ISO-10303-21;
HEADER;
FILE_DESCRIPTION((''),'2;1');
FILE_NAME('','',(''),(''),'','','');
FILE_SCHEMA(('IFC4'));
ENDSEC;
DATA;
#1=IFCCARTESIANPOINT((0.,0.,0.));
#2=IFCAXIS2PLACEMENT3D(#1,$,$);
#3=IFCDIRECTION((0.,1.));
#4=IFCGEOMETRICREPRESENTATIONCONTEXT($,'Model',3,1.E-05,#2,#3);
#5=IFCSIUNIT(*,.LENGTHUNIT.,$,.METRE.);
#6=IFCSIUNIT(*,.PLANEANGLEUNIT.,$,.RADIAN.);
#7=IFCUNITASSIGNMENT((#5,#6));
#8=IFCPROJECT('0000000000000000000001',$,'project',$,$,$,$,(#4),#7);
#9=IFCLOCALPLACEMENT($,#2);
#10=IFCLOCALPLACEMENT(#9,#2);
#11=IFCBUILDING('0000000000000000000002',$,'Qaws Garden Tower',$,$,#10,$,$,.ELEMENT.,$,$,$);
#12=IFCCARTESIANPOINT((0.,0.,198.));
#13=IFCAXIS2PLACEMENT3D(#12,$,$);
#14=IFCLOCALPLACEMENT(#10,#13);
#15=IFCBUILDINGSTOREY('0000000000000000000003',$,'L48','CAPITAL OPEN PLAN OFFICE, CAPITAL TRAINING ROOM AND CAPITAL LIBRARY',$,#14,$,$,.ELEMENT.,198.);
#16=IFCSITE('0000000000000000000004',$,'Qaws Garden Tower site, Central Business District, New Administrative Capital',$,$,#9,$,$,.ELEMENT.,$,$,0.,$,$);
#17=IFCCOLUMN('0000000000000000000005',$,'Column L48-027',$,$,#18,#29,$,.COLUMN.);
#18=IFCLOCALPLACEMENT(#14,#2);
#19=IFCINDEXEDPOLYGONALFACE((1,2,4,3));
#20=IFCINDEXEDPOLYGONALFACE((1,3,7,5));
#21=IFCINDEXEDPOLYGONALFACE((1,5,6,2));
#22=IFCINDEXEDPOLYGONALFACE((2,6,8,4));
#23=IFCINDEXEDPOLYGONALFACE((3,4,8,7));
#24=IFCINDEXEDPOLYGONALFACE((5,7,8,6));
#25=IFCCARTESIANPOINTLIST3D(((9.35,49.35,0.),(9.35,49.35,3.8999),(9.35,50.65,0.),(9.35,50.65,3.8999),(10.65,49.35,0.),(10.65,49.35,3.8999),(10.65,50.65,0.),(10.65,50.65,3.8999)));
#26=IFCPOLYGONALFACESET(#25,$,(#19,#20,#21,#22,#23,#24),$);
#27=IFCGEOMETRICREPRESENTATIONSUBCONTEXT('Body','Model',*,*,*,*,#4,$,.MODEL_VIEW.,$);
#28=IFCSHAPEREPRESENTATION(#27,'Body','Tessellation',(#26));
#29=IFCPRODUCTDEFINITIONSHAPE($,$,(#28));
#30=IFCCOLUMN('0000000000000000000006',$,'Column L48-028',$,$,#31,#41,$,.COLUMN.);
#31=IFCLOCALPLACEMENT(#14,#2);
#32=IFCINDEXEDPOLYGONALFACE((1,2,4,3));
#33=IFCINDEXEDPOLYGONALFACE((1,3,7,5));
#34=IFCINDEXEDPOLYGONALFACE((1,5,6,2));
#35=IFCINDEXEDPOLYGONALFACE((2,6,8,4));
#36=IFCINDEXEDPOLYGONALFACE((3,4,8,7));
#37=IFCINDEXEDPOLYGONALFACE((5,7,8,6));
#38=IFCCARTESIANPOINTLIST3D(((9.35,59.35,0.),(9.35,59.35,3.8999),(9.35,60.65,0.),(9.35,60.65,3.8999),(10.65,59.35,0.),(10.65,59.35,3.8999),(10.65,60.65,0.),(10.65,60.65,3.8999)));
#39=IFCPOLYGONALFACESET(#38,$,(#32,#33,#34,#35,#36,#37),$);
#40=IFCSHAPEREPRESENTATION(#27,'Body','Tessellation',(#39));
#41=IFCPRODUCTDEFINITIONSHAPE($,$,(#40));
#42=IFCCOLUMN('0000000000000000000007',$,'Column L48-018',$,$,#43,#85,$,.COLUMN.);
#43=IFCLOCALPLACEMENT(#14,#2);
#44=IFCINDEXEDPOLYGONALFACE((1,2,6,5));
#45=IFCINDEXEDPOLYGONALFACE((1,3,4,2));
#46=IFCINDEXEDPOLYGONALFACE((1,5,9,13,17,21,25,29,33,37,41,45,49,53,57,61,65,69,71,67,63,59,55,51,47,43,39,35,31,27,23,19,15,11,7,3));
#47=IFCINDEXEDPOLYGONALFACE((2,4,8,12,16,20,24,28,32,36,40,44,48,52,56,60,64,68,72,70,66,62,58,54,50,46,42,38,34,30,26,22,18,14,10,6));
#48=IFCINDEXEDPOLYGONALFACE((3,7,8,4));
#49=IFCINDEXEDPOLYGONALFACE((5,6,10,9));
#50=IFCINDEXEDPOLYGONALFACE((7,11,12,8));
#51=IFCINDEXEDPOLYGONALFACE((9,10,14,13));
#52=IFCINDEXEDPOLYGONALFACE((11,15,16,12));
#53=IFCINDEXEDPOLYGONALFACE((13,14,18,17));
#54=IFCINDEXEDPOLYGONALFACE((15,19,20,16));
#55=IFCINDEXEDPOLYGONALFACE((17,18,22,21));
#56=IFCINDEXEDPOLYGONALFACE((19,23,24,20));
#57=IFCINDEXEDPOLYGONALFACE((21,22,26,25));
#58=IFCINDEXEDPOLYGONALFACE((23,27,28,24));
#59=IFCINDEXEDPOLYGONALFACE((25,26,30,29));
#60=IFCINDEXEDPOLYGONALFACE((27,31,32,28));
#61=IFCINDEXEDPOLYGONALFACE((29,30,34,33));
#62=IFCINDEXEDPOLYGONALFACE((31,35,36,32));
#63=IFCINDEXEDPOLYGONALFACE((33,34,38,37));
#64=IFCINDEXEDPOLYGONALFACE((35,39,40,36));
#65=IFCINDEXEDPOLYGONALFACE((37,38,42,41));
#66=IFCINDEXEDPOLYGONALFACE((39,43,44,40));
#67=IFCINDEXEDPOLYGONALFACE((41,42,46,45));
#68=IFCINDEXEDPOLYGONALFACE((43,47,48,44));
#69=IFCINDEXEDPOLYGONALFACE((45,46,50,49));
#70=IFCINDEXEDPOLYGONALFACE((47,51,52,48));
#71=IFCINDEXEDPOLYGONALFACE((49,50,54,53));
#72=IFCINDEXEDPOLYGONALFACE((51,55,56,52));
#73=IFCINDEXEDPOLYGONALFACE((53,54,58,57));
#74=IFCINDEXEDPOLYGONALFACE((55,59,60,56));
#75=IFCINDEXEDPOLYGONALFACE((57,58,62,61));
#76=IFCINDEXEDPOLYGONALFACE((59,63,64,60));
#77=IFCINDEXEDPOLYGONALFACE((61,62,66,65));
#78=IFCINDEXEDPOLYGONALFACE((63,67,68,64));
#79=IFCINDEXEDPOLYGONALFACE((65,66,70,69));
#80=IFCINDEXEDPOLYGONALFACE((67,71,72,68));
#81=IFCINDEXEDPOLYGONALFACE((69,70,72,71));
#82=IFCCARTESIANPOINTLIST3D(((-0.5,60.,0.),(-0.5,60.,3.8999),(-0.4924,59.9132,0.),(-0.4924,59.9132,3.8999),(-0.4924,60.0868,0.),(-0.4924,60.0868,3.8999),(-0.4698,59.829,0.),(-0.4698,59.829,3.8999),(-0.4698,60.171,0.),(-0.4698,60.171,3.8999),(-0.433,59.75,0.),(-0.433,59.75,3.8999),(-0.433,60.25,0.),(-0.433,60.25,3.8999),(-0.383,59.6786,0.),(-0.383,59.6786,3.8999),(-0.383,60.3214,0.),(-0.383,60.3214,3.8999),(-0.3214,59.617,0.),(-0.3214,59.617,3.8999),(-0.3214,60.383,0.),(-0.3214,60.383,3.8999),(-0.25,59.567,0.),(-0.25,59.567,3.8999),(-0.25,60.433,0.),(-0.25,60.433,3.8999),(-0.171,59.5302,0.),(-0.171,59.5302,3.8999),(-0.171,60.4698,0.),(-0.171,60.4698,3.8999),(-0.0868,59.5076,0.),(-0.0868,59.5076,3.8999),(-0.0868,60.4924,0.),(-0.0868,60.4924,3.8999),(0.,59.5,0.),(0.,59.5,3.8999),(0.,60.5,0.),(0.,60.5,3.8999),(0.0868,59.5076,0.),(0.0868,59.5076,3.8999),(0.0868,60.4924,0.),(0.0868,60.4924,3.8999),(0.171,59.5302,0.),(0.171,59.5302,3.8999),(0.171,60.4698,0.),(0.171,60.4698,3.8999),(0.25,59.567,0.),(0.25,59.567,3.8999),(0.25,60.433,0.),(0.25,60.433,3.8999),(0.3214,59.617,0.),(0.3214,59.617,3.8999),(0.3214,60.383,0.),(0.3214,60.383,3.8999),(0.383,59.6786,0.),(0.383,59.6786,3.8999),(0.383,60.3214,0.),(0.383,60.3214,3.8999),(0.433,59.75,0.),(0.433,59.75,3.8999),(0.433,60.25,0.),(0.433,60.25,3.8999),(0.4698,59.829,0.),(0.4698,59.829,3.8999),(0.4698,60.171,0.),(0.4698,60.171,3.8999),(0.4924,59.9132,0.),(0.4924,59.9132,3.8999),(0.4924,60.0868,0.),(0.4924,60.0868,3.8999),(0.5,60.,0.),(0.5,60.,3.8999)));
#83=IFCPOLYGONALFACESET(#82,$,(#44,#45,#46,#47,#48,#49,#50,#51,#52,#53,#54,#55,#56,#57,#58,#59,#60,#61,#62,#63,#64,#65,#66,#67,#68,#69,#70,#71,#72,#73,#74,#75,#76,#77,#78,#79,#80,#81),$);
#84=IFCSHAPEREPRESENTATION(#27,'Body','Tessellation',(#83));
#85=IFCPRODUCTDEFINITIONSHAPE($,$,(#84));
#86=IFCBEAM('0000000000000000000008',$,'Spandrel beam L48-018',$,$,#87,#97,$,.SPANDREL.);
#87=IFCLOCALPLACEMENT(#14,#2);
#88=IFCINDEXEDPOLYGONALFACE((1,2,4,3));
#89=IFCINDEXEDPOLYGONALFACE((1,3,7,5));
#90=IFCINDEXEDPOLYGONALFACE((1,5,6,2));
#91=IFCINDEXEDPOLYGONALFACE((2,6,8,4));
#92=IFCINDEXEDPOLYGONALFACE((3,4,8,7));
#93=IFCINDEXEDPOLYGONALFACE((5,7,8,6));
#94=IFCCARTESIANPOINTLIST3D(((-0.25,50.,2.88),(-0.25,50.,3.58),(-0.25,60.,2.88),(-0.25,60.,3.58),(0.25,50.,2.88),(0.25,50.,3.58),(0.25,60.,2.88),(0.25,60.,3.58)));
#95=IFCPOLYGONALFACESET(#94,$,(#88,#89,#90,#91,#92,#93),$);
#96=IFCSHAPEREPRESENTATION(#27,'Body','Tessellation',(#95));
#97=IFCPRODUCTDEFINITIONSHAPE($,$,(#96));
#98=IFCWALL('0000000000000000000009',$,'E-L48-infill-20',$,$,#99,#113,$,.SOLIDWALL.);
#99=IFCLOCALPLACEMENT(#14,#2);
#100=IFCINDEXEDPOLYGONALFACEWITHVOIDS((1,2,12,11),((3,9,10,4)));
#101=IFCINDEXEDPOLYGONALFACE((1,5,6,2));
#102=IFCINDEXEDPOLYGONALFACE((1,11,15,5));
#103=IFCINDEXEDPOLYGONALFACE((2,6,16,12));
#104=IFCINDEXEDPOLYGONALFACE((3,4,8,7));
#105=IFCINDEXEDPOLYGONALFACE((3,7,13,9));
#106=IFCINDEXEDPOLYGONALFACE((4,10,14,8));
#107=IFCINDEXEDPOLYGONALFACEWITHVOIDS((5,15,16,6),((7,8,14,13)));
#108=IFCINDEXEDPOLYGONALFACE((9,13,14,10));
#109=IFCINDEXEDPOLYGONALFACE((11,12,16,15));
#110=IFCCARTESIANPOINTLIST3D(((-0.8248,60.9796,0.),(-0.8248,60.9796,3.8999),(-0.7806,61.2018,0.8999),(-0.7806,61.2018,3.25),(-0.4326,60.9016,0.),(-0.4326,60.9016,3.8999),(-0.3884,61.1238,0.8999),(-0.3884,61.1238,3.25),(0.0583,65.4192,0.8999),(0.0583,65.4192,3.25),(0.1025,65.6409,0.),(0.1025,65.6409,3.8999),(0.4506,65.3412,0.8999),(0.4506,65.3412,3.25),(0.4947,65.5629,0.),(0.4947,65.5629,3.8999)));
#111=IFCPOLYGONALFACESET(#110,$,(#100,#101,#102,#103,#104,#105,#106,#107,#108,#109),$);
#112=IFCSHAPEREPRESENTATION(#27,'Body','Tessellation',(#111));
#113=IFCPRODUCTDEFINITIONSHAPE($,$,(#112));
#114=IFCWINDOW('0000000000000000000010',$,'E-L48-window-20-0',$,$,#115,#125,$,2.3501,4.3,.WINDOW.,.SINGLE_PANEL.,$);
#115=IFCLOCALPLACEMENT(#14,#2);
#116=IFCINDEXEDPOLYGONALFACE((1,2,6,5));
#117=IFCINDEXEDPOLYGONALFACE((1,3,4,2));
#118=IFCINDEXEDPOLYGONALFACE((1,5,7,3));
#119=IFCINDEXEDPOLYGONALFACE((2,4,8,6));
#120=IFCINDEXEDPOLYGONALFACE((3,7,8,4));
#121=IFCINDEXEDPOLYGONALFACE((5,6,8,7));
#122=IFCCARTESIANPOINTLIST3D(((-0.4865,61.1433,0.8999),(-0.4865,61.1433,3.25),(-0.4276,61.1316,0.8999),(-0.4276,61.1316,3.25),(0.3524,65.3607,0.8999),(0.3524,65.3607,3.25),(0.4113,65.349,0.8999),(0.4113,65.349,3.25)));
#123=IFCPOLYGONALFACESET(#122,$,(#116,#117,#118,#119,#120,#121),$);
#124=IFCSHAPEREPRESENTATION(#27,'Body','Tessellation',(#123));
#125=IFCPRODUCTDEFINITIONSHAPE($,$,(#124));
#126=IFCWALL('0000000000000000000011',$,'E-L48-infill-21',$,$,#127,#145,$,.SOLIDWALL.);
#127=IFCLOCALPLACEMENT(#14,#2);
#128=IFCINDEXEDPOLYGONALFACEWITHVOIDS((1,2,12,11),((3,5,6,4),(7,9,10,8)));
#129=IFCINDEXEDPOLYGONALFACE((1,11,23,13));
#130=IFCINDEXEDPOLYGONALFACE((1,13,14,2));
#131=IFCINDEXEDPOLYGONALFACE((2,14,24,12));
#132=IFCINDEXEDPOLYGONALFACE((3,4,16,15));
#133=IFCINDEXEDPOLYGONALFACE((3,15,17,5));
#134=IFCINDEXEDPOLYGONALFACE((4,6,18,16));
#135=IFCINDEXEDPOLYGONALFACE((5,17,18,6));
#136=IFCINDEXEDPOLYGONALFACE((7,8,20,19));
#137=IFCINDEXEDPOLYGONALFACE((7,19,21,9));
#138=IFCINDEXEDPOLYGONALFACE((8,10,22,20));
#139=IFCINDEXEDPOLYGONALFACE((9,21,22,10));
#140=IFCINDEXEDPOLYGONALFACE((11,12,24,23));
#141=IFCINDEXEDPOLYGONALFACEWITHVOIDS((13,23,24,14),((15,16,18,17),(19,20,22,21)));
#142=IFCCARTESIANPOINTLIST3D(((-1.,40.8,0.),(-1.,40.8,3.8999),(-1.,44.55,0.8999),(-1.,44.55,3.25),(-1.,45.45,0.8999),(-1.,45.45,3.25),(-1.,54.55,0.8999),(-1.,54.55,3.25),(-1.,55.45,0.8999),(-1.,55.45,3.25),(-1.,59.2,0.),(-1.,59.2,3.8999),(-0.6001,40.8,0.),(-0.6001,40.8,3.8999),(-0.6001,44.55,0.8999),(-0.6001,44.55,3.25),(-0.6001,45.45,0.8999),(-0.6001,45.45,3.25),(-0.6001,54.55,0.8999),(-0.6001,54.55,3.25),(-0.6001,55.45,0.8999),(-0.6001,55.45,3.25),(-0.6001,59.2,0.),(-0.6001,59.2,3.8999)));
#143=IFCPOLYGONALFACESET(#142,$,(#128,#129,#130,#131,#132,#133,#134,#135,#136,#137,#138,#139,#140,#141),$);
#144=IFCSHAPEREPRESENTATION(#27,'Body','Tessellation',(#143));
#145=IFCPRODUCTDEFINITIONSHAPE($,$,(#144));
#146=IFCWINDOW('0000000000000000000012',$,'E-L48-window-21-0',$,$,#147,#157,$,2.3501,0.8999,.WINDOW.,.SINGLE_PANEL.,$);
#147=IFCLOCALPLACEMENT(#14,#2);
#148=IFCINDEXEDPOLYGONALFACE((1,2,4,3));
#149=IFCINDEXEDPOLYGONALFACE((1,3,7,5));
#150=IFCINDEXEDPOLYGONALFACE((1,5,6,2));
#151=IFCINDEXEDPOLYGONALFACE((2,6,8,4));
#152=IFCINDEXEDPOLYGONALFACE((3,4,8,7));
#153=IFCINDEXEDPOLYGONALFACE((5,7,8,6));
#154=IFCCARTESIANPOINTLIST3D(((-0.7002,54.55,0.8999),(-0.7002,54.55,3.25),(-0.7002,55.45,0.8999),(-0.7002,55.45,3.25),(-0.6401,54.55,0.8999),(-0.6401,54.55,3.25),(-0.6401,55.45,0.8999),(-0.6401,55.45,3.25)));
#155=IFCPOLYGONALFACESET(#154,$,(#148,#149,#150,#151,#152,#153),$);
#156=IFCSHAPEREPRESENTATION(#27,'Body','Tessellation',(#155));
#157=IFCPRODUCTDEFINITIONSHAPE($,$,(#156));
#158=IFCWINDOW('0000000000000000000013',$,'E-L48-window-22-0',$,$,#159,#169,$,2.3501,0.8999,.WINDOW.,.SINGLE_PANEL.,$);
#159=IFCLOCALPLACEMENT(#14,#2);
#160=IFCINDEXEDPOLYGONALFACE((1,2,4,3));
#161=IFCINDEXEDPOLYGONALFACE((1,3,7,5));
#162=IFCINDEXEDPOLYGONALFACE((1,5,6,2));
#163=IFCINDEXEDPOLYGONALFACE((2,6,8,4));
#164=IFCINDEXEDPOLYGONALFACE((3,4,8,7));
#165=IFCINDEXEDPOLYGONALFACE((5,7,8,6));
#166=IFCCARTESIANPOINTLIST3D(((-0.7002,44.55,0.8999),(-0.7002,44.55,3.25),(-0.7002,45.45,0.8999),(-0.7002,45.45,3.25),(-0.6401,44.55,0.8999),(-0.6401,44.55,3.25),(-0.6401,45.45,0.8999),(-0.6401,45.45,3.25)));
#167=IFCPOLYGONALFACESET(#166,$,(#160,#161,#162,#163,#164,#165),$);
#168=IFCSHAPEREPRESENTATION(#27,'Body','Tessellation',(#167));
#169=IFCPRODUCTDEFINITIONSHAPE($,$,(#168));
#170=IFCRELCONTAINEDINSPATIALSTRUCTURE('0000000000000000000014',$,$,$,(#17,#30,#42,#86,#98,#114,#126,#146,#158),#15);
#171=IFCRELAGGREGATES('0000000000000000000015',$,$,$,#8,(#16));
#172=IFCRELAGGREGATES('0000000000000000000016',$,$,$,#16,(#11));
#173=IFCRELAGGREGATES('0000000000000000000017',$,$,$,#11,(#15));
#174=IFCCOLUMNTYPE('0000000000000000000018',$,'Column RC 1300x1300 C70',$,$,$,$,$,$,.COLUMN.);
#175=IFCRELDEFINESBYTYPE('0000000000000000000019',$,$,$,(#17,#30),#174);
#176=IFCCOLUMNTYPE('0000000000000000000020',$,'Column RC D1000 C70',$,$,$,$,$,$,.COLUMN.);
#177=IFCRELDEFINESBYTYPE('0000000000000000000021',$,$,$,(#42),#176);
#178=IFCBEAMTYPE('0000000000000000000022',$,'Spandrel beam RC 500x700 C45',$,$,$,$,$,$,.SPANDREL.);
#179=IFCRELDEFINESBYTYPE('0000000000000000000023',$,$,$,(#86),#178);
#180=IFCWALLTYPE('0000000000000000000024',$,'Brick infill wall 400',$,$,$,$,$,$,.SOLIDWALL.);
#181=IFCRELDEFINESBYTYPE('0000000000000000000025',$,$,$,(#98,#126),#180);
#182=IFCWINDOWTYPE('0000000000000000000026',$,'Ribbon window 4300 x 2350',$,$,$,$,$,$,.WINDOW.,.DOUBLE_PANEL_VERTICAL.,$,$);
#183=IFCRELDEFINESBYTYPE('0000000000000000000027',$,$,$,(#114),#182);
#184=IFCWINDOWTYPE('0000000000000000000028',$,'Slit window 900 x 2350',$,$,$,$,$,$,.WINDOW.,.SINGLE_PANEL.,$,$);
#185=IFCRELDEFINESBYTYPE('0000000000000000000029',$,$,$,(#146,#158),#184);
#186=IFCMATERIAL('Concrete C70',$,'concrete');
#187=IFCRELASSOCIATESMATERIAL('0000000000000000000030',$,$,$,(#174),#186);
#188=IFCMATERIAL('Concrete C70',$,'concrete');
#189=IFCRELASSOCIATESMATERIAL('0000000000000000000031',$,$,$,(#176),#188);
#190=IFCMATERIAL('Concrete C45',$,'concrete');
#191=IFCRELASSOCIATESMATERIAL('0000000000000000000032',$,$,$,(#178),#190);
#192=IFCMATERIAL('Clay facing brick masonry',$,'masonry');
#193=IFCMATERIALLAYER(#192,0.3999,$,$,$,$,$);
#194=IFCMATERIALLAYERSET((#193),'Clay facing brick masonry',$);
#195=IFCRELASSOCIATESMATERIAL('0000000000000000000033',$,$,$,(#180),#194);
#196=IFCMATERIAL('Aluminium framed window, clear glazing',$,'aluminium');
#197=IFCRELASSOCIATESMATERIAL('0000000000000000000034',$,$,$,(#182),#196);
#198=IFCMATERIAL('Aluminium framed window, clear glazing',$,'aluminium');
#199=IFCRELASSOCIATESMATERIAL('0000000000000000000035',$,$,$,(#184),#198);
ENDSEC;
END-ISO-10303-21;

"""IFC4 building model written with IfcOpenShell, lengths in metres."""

from ifc_helpers import new_model, si_unit, direction, frame, frame_2d, origin, origin_2d, place, context, subcontext, project, spatial, rectangle, circle, extrude, material, layer, layer_set, material_profile, profile_set, type_object, element, fill, save


model = new_model("IFC4")

# Units and contexts
model_context = context("Model", 3, precision=1e-05, world=origin(), true_north=direction((0.0, 1.0)))
body_context = subcontext(model_context, "Body", "Model", "MODEL_VIEW")
ifc_project = project(units=[si_unit("LENGTHUNIT", "METRE"), si_unit("PLANEANGLEUNIT", "RADIAN")], contexts=[model_context])

# Site, building, storey
site_placement = place(None, origin())
site = spatial("IfcSite", under=ifc_project, at=site_placement, Name="Qaws Garden Tower site, Central Business District, New Administrative Capital", CompositionType="ELEMENT", RefElevation=0.0)
building_placement = place(site_placement, origin())
building = spatial("IfcBuilding", under=site, at=building_placement, Name="Qaws Garden Tower", CompositionType="ELEMENT")
storey_placement = place(building_placement, frame((0.0, 0.0, 198.0)))
storey = spatial("IfcBuildingStorey", under=building, at=storey_placement, Name="L48", Description="CAPITAL OPEN PLAN OFFICE, CAPITAL TRAINING ROOM AND CAPITAL LIBRARY", CompositionType="ELEMENT", Elevation=198.0)

# Columns
ifc_material_1 = material(Name="Concrete C70", Category="concrete")
ifc_material_profile_1 = material_profile(ifc_material_1, rectangle(XDim=1.3, YDim=1.3, at=origin_2d()), Name="RC 1300x1300")
ifc_profile_set_1 = profile_set([ifc_material_profile_1], Name="Concrete C70")
column_type_1 = type_object("IfcColumnType", Name="Column RC 1300x1300 C70", PredefinedType="COLUMN", material=ifc_profile_set_1)
for number, where, z_axis, x_axis, name in (
    (1, (10.0, 50.0, 0.0), (0.0, 0.0, 1.0), (1.0, 0.0, 0.0), "Column L48-027"),
    (2, (10.0, 60.0, 0.0), (0.0, 0.0, 1.0), (1.0, 0.0, 0.0), "Column L48-028"),
):
    element("IfcColumn", number, at=place(storey_placement, frame(where, z_axis=z_axis, x_axis=x_axis)), inside=storey, type_object=column_type_1, Name=name, PredefinedType="COLUMN", context=body_context, shape_type="SweptSolid", body=[
        extrude(rectangle(XDim=1.3, YDim=1.3, at=origin_2d()), origin(), (0.0, 0.0, 1.0), 3.8999),
    ])
ifc_material_2 = material(Name="Concrete C70", Category="concrete")
ifc_material_profile_2 = material_profile(ifc_material_2, circle(Radius=0.5, at=origin_2d()), Name="RC D1000")
ifc_profile_set_2 = profile_set([ifc_material_profile_2], Name="Concrete C70")
column_type_2 = type_object("IfcColumnType", Name="Column RC D1000 C70", PredefinedType="COLUMN", material=ifc_profile_set_2)
column_placement = place(storey_placement, frame((0.0, 60.0, 0.0), z_axis=(0.0, 0.0, 1.0), x_axis=(1.0, 0.0, 0.0)))
element("IfcColumn", 3, at=column_placement, inside=storey, type_object=column_type_2, Name="Column L48-018", PredefinedType="COLUMN", context=body_context, shape_type="SweptSolid", body=[
    extrude(circle(Radius=0.5, at=origin_2d()), origin(), (0.0, 0.0, 1.0), 3.8999),
])

# Beam
ifc_material_3 = material(Name="Concrete C45", Category="concrete")
ifc_material_profile_3 = material_profile(ifc_material_3, rectangle(XDim=0.5, YDim=0.7, at=origin_2d()), Name="RC 500x700")
ifc_profile_set_3 = profile_set([ifc_material_profile_3], Name="Concrete C45")
beam_type = type_object("IfcBeamType", Name="Spandrel beam RC 500x700 C45", PredefinedType="SPANDREL", material=ifc_profile_set_3)
beam_placement = place(storey_placement, frame((0.0, 60.0, 3.23), z_axis=(0.0, -1.0, 0.0), x_axis=(1.0, 0.0, 0.0)))
element("IfcBeam", 4, at=beam_placement, inside=storey, type_object=beam_type, Name="Spandrel beam L48-018", PredefinedType="SPANDREL", context=body_context, shape_type="SweptSolid", body=[
    extrude(rectangle(XDim=0.5, YDim=0.7, at=origin_2d()), origin(), (0.0, 0.0, 1.0), 10.0),
])

# Wall, opening, window
ifc_material_4 = material(Name="Clay facing brick masonry", Category="masonry")
ifc_layer_1 = layer(ifc_material_4, 0.3999)
ifc_layer_set_1 = layer_set([ifc_layer_1], Name="Clay facing brick masonry")
wall_type_1 = type_object("IfcWallType", Name="Brick infill wall 400", PredefinedType="SOLIDWALL", material=ifc_layer_set_1)
wall_1_placement = place(storey_placement, frame((0.2986, 65.6021, 0.0), z_axis=(0.0, 0.0, 1.0), x_axis=(-0.195099, -0.980784, 0.0)))
wall_1 = element("IfcWall", 5, at=wall_1_placement, inside=storey, type_object=wall_type_1, Name="E-L48-infill-20", PredefinedType="SOLIDWALL", context=body_context, shape_type="SweptSolid", body=[
    extrude(rectangle(XDim=4.7527, YDim=0.3999, at=frame_2d((2.3765, 0.0))), origin(), (0.0, 0.0, 1.0), 3.8999),
])
opening_1_placement = place(wall_1_placement, frame((0.2263, 0.0, 0.8999)))
opening_1 = element("IfcOpeningElement", 6, at=opening_1_placement, cuts=wall_1, PredefinedType="OPENING", context=body_context, shape_type="SweptSolid", body=[
    extrude(rectangle(XDim=4.3, YDim=2.3501, at=frame_2d((2.1499, 1.175))), frame((0.0, 0.21, 0.0), z_axis=(0.0, -1.0, 0.0), x_axis=(1.0, 0.0, 0.0)), (0.0, 0.0, 1.0), 0.4199),
])
ifc_material_5 = material(Name="Aluminium framed window, clear glazing", Category="aluminium")
window_type_1 = type_object("IfcWindowType", Name="Ribbon window 4300 x 2350", PartitioningType="DOUBLE_PANEL_VERTICAL", PredefinedType="WINDOW", material=ifc_material_5)
window_1_placement = place(opening_1_placement, origin())
window_1 = element("IfcWindow", 7, at=window_1_placement, inside=storey, type_object=window_type_1, Name="E-L48-window-20-0", OverallHeight=2.3501, OverallWidth=4.3, PartitioningType="SINGLE_PANEL", PredefinedType="WINDOW", context=body_context, shape_type="SweptSolid", body=[
    extrude(rectangle(XDim=4.3, YDim=2.3501, at=frame_2d((2.1499, 1.175))), frame((0.0, 0.1599, 0.0), z_axis=(0.0, -1.0, 0.0), x_axis=(1.0, 0.0, 0.0)), (0.0, 0.0, 1.0), 0.0601),
])
fill(opening_1, window_1)

# Wall, openings, windows
wall_2_placement = place(storey_placement, frame((-0.8, 59.2, 0.0), z_axis=(0.0, 0.0, 1.0), x_axis=(0.0, -1.0, 0.0)))
wall_2 = element("IfcWall", 8, at=wall_2_placement, inside=storey, type_object=wall_type_1, Name="E-L48-infill-21", PredefinedType="SOLIDWALL", context=body_context, shape_type="SweptSolid", body=[
    extrude(rectangle(XDim=18.3999, YDim=0.3999, at=frame_2d((9.2, 0.0))), origin(), (0.0, 0.0, 1.0), 3.8999),
])
opening_2_placement = place(wall_2_placement, frame((3.75, 0.0, 0.8999)))
opening_2 = element("IfcOpeningElement", 9, at=opening_2_placement, cuts=wall_2, PredefinedType="OPENING", context=body_context, shape_type="SweptSolid", body=[
    extrude(rectangle(XDim=0.8999, YDim=2.3501, at=frame_2d((0.45, 1.175))), frame((0.0, 0.21, 0.0), z_axis=(0.0, -1.0, 0.0), x_axis=(1.0, 0.0, 0.0)), (0.0, 0.0, 1.0), 0.4199),
])
opening_3_placement = place(wall_2_placement, frame((13.75, 0.0, 0.8999)))
opening_3 = element("IfcOpeningElement", 10, at=opening_3_placement, cuts=wall_2, PredefinedType="OPENING", context=body_context, shape_type="SweptSolid", body=[
    extrude(rectangle(XDim=0.8999, YDim=2.3501, at=frame_2d((0.45, 1.175))), frame((0.0, 0.21, 0.0), z_axis=(0.0, -1.0, 0.0), x_axis=(1.0, 0.0, 0.0)), (0.0, 0.0, 1.0), 0.4199),
])
ifc_material_6 = material(Name="Aluminium framed window, clear glazing", Category="aluminium")
window_type_2 = type_object("IfcWindowType", Name="Slit window 900 x 2350", PartitioningType="SINGLE_PANEL", PredefinedType="WINDOW", material=ifc_material_6)
window_2_placement = place(opening_2_placement, origin())
window_2 = element("IfcWindow", 11, at=window_2_placement, inside=storey, type_object=window_type_2, Name="E-L48-window-21-0", OverallHeight=2.3501, OverallWidth=0.8999, PartitioningType="SINGLE_PANEL", PredefinedType="WINDOW", context=body_context, shape_type="SweptSolid", body=[
    extrude(rectangle(XDim=0.8999, YDim=2.3501, at=frame_2d((0.45, 1.175))), frame((0.0, 0.1599, 0.0), z_axis=(0.0, -1.0, 0.0), x_axis=(1.0, 0.0, 0.0)), (0.0, 0.0, 1.0), 0.0601),
])
fill(opening_2, window_2)
window_3_placement = place(opening_3_placement, origin())
window_3 = element("IfcWindow", 12, at=window_3_placement, inside=storey, type_object=window_type_2, Name="E-L48-window-22-0", OverallHeight=2.3501, OverallWidth=0.8999, PartitioningType="SINGLE_PANEL", PredefinedType="WINDOW", context=body_context, shape_type="SweptSolid", body=[
    extrude(rectangle(XDim=0.8999, YDim=2.3501, at=frame_2d((0.45, 1.175))), frame((0.0, 0.1599, 0.0), z_axis=(0.0, -1.0, 0.0), x_axis=(1.0, 0.0, 0.0)), (0.0, 0.0, 1.0), 0.0601),
])
fill(opening_3, window_3)

save(model, "model.ifc")
